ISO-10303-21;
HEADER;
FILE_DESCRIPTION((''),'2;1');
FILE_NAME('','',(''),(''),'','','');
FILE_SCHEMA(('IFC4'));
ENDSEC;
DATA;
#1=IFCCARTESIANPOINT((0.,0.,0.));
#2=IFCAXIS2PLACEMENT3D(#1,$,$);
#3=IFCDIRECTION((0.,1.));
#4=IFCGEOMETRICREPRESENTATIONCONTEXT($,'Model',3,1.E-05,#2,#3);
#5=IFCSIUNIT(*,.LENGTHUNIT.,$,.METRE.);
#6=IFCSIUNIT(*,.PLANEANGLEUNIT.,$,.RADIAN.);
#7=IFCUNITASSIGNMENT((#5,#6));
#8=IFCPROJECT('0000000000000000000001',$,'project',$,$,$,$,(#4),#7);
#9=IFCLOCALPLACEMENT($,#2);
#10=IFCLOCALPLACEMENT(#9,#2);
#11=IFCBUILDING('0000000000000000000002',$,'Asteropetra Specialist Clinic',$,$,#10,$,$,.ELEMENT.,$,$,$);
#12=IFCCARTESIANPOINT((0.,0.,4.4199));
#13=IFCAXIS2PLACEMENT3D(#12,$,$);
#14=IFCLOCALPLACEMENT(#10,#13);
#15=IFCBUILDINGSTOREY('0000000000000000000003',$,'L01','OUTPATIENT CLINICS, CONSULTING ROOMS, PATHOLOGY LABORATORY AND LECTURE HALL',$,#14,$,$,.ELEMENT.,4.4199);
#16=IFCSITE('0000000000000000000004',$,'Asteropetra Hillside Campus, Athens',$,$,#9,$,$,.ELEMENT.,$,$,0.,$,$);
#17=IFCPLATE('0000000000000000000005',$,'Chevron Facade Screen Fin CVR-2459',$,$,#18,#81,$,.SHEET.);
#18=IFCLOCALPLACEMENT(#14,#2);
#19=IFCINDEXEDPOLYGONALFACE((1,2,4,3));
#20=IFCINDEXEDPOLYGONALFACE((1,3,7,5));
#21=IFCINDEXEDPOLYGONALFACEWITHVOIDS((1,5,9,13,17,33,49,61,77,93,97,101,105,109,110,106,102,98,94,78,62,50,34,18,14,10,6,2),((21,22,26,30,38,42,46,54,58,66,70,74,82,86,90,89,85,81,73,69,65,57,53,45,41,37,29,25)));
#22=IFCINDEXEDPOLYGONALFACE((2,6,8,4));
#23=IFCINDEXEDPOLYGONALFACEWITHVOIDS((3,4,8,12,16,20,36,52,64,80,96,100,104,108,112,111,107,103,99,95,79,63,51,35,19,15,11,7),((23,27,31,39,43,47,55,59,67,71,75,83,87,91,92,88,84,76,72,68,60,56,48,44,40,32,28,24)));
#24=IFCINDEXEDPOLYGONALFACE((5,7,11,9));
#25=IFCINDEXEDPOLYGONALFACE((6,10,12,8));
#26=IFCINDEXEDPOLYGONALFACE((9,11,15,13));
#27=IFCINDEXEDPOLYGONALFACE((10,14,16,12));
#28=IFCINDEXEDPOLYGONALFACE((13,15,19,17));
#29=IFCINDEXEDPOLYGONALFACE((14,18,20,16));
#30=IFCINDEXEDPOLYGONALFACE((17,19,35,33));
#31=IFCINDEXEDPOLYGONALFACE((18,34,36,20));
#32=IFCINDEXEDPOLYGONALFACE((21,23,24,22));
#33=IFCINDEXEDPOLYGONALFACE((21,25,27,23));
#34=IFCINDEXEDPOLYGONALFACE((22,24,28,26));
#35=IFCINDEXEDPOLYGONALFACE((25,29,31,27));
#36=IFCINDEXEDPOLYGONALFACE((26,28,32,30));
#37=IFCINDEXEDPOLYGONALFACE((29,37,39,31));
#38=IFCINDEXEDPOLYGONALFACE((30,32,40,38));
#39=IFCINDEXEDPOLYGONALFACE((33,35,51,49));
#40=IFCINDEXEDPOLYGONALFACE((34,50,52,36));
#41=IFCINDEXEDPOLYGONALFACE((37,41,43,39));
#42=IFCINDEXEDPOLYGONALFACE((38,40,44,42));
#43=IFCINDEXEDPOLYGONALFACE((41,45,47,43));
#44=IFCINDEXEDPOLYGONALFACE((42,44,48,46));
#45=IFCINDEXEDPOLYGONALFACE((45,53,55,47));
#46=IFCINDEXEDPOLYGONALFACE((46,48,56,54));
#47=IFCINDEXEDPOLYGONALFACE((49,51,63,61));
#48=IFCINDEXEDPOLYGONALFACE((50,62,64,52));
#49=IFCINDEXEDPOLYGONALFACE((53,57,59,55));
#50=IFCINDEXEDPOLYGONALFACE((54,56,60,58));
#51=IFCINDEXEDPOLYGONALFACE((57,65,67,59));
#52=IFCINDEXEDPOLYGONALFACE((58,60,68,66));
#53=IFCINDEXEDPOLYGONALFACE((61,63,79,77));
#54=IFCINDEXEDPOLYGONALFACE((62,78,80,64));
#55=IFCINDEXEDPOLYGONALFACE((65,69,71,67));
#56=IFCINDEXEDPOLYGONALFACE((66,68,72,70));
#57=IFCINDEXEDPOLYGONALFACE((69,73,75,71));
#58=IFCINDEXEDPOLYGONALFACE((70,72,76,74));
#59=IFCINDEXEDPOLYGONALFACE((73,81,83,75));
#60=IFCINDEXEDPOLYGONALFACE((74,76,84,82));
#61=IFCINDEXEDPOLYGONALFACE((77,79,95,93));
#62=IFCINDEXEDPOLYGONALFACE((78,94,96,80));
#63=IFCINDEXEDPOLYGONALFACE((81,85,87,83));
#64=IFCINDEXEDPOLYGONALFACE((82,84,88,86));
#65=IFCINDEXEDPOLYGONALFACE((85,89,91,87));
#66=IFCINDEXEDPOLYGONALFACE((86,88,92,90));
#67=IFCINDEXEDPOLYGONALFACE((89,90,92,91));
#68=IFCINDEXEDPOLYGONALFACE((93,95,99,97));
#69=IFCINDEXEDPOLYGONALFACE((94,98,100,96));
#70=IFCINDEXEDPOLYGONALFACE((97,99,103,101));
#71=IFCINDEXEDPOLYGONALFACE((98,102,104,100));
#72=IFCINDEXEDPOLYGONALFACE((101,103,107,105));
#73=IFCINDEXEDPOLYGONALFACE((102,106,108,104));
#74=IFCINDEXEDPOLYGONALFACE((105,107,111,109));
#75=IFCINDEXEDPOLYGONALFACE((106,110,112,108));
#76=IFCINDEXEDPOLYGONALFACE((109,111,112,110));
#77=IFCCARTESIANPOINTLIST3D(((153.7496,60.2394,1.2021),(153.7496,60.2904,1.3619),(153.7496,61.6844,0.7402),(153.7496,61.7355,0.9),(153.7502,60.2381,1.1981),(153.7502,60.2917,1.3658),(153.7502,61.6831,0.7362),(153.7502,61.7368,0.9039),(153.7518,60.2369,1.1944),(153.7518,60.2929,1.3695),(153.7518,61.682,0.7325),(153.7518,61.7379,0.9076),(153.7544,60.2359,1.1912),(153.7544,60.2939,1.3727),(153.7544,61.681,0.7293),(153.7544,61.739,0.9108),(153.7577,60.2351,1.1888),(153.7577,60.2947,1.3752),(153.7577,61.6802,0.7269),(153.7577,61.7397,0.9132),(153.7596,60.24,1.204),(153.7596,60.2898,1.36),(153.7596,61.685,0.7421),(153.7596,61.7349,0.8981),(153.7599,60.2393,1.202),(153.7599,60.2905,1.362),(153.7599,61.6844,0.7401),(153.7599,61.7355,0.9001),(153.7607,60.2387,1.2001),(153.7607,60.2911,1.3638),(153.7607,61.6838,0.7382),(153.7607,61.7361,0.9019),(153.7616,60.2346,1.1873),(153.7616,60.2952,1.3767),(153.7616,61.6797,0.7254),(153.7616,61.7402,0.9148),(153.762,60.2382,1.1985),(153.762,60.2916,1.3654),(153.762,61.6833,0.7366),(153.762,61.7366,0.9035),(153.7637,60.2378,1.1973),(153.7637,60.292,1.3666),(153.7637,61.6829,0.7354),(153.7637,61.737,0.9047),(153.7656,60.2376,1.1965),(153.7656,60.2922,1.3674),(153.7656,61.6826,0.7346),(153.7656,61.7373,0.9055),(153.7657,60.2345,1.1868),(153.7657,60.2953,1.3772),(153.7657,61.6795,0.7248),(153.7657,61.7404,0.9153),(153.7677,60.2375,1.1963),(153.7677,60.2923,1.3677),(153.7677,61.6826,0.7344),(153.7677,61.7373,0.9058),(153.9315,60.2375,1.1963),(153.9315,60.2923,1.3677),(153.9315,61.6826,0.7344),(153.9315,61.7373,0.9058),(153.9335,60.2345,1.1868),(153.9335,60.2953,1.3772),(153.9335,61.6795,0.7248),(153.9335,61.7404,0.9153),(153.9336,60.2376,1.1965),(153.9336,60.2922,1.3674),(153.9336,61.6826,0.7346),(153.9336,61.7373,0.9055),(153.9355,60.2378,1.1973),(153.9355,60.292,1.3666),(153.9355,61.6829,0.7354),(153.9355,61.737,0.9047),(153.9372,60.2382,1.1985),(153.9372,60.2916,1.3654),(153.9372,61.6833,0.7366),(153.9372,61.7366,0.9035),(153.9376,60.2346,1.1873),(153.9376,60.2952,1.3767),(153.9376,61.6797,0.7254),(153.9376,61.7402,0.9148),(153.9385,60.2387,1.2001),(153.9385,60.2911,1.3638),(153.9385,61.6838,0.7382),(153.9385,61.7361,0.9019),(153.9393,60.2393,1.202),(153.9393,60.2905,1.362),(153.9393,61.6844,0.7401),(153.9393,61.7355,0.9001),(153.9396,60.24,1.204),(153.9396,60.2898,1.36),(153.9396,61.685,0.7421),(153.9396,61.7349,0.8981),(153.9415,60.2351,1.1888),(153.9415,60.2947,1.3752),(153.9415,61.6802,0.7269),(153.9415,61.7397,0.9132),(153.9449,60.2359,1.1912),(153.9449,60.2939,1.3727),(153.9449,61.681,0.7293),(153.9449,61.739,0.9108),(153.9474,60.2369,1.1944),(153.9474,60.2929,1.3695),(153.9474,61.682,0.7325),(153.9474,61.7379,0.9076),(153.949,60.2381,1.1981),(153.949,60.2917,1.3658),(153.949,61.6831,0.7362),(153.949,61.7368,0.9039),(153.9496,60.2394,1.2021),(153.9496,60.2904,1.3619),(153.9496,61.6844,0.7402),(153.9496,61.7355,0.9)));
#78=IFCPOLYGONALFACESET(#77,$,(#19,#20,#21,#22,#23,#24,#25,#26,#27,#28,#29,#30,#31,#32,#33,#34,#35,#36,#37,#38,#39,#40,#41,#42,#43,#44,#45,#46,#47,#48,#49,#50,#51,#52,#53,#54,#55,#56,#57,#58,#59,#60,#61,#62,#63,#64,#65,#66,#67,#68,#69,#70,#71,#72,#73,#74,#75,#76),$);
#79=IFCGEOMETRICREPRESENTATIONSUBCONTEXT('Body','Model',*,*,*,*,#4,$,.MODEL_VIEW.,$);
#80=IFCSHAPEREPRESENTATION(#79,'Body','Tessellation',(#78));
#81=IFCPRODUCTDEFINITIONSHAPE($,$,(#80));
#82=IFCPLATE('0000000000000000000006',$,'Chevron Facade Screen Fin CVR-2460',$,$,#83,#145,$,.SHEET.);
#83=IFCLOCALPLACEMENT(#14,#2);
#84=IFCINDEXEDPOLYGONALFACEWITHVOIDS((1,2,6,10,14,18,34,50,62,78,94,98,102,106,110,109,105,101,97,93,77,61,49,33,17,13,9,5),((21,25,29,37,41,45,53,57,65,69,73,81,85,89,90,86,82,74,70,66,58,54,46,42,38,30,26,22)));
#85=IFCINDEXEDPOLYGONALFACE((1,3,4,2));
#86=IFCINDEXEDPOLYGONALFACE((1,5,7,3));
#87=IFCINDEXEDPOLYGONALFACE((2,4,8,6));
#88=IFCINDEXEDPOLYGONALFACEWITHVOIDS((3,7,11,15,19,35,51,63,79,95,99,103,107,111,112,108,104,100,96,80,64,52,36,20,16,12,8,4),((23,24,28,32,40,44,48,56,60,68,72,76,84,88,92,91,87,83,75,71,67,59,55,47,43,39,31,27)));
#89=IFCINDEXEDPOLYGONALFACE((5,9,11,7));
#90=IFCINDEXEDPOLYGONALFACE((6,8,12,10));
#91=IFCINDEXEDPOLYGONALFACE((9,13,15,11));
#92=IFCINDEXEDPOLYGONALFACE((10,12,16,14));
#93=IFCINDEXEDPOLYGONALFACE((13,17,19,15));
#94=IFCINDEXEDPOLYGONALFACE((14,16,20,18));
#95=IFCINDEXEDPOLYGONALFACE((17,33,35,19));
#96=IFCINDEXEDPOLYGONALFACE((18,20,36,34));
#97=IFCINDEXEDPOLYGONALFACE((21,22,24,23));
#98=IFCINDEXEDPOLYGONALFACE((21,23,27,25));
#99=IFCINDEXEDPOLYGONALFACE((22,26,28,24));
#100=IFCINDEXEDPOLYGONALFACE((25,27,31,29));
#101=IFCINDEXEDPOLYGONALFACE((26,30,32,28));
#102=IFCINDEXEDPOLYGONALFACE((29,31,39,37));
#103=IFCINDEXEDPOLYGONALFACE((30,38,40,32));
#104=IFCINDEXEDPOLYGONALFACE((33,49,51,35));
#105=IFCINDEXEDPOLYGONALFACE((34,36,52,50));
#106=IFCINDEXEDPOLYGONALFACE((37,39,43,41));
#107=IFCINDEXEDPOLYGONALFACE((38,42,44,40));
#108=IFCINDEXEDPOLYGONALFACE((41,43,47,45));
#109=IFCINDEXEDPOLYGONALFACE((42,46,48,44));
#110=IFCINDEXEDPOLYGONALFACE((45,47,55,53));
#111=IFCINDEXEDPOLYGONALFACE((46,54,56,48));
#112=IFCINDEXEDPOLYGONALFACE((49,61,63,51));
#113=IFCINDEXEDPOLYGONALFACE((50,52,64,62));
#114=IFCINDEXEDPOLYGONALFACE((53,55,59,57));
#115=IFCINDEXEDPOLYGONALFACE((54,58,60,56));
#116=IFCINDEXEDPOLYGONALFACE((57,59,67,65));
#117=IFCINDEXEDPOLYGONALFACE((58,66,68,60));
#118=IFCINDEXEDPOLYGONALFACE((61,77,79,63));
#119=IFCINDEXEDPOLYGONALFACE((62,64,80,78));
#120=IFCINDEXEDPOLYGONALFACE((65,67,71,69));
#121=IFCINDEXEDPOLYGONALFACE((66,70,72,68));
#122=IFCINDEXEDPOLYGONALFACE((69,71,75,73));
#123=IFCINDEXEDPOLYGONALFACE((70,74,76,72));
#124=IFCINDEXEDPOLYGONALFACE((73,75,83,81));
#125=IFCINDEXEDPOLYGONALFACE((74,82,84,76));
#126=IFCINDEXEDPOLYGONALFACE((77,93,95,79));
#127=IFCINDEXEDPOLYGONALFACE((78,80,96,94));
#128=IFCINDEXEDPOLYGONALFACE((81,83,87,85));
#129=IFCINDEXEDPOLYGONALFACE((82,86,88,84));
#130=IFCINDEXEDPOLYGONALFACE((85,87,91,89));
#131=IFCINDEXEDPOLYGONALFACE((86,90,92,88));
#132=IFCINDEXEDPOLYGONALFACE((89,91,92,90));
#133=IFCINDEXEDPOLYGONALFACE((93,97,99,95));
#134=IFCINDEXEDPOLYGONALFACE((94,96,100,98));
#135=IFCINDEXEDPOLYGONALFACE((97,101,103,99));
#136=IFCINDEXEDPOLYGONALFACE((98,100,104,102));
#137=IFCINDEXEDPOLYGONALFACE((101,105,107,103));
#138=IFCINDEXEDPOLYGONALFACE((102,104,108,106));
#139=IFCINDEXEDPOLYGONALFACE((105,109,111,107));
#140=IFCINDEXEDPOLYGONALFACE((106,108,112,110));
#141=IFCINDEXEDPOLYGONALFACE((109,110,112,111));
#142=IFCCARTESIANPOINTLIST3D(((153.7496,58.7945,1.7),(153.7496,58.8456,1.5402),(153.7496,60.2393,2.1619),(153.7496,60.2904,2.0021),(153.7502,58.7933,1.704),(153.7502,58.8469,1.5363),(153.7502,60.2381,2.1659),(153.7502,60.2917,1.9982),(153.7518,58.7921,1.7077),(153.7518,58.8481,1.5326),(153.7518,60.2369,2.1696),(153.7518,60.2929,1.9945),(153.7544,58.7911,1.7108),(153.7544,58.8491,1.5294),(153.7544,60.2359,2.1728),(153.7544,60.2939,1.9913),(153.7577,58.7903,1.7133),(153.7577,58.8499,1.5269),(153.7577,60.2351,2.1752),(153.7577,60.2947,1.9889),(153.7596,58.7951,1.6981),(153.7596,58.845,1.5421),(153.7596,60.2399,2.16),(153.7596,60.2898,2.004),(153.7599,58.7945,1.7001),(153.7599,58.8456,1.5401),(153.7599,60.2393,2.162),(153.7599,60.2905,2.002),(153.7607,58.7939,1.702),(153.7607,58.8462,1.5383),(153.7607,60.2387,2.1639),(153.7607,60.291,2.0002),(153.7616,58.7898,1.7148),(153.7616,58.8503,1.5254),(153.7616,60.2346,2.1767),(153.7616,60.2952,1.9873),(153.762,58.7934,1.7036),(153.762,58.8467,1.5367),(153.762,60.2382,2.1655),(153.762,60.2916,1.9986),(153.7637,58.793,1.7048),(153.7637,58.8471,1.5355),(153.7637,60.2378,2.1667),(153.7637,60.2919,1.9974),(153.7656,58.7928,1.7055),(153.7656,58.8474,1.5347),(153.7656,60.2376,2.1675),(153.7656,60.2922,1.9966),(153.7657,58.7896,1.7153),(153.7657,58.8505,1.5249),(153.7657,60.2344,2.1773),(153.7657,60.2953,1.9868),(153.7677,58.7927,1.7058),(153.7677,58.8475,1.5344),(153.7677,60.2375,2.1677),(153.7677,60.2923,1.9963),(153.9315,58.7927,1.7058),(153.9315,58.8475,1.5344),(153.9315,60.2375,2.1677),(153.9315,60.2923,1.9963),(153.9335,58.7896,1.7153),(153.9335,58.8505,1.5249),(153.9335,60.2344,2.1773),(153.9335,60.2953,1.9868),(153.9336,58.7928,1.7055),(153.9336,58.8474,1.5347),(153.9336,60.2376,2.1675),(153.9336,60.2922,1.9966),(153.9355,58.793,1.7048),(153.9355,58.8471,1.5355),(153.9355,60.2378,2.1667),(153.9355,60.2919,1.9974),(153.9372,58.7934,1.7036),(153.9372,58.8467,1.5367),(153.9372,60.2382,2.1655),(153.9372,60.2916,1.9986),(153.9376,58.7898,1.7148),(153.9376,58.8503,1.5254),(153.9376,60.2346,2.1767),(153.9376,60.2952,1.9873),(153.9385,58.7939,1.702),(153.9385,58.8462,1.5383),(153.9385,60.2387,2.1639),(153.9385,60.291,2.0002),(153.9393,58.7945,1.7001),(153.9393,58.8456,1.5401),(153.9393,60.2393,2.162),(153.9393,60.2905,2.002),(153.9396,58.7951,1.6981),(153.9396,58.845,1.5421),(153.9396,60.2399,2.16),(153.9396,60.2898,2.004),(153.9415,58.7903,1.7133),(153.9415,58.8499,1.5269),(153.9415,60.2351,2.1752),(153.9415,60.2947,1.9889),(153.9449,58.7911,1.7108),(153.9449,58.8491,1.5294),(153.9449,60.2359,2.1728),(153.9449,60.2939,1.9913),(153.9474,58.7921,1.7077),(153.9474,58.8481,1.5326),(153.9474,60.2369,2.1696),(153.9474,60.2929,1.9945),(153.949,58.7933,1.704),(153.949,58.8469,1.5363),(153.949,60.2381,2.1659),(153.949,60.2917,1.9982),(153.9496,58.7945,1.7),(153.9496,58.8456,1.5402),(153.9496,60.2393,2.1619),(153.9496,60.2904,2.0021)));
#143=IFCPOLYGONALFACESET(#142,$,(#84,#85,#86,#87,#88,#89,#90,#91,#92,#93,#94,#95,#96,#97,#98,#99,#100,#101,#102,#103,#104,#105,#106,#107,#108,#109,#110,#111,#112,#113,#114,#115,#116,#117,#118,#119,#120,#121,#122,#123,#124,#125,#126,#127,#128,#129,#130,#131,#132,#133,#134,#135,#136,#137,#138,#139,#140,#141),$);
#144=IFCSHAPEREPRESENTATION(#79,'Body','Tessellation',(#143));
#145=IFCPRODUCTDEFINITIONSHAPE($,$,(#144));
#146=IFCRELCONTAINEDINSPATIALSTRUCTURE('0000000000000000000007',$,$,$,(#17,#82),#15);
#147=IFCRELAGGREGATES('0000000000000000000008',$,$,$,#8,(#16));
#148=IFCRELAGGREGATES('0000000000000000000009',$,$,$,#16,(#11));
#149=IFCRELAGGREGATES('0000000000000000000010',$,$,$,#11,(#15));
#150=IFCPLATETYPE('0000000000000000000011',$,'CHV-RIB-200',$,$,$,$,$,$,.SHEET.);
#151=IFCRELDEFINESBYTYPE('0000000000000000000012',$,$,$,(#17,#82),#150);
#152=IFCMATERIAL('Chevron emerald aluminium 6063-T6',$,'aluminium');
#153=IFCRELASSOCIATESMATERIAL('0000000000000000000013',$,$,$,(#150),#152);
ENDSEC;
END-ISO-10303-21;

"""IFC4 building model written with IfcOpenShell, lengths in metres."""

from ifc_helpers import new_model, si_unit, direction, frame, origin, origin_2d, place, context, subcontext, project, spatial, hollow_rectangle, extrude, material, material_profile, profile_set, type_object, element, save


model = new_model("IFC4")

# Units and contexts
model_context = context("Model", 3, precision=1e-05, world=origin(), true_north=direction((0.0, 1.0)))
body_context = subcontext(model_context, "Body", "Model", "MODEL_VIEW")
ifc_project = project(units=[si_unit("LENGTHUNIT", "METRE"), si_unit("PLANEANGLEUNIT", "RADIAN")], contexts=[model_context])

# Site, building, storey
site_placement = place(None, origin())
site = spatial("IfcSite", under=ifc_project, at=site_placement, Name="Asteropetra Hillside Campus, Athens", CompositionType="ELEMENT", RefElevation=0.0)
building_placement = place(site_placement, origin())
building = spatial("IfcBuilding", under=site, at=building_placement, Name="Asteropetra Specialist Clinic", CompositionType="ELEMENT")
storey_placement = place(building_placement, frame((0.0, 0.0, 4.4199)))
storey = spatial("IfcBuildingStorey", under=building, at=storey_placement, Name="L01", Description="OUTPATIENT CLINICS, CONSULTING ROOMS, PATHOLOGY LABORATORY AND LECTURE HALL", CompositionType="ELEMENT", Elevation=4.4199)

# Plates
ifc_material_1 = material(Name="Chevron emerald aluminium 6063-T6", Category="aluminium")
ifc_material_profile = material_profile(ifc_material_1, hollow_rectangle(XDim=0.2, YDim=0.2, WallThickness=0.01, InnerFilletRadius=0.0081, OuterFilletRadius=0.0161, at=origin_2d()), Name="SHS 200x200x10.0")
ifc_profile_set = profile_set([ifc_material_profile], Name="Chevron emerald aluminium 6063-T6")
plate_type = type_object("IfcPlateType", Name="CHV-RIB-200", PredefinedType="SHEET", material=ifc_profile_set)
plate_1_placement = place(storey_placement, frame((153.8496, 60.2649, 1.282), z_axis=(0.0, 0.952521, -0.304472), x_axis=(-1.0, 0.0, 0.0)))
element("IfcPlate", 1, at=plate_1_placement, inside=storey, type_object=plate_type, Name="Chevron Facade Screen Fin CVR-2459", PredefinedType="SHEET", context=body_context, shape_type="SweptSolid", body=[
    extrude(hollow_rectangle(XDim=0.2, YDim=0.2, WallThickness=0.01, InnerFilletRadius=0.0081, OuterFilletRadius=0.0161, at=origin_2d()), origin(), (0.0, 0.0, 1.0), 1.5171),
])
plate_2_placement = place(storey_placement, frame((153.8496, 58.8201, 1.6201), z_axis=(0.0, 0.952506, 0.304519), x_axis=(-1.0, 0.0, 0.0)))
element("IfcPlate", 2, at=plate_2_placement, inside=storey, type_object=plate_type, Name="Chevron Facade Screen Fin CVR-2460", PredefinedType="SHEET", context=body_context, shape_type="SweptSolid", body=[
    extrude(hollow_rectangle(XDim=0.2, YDim=0.2, WallThickness=0.01, InnerFilletRadius=0.0081, OuterFilletRadius=0.0161, at=origin_2d()), origin(), (0.0, 0.0, 1.0), 1.5168),
])

save(model, "model.ifc")
